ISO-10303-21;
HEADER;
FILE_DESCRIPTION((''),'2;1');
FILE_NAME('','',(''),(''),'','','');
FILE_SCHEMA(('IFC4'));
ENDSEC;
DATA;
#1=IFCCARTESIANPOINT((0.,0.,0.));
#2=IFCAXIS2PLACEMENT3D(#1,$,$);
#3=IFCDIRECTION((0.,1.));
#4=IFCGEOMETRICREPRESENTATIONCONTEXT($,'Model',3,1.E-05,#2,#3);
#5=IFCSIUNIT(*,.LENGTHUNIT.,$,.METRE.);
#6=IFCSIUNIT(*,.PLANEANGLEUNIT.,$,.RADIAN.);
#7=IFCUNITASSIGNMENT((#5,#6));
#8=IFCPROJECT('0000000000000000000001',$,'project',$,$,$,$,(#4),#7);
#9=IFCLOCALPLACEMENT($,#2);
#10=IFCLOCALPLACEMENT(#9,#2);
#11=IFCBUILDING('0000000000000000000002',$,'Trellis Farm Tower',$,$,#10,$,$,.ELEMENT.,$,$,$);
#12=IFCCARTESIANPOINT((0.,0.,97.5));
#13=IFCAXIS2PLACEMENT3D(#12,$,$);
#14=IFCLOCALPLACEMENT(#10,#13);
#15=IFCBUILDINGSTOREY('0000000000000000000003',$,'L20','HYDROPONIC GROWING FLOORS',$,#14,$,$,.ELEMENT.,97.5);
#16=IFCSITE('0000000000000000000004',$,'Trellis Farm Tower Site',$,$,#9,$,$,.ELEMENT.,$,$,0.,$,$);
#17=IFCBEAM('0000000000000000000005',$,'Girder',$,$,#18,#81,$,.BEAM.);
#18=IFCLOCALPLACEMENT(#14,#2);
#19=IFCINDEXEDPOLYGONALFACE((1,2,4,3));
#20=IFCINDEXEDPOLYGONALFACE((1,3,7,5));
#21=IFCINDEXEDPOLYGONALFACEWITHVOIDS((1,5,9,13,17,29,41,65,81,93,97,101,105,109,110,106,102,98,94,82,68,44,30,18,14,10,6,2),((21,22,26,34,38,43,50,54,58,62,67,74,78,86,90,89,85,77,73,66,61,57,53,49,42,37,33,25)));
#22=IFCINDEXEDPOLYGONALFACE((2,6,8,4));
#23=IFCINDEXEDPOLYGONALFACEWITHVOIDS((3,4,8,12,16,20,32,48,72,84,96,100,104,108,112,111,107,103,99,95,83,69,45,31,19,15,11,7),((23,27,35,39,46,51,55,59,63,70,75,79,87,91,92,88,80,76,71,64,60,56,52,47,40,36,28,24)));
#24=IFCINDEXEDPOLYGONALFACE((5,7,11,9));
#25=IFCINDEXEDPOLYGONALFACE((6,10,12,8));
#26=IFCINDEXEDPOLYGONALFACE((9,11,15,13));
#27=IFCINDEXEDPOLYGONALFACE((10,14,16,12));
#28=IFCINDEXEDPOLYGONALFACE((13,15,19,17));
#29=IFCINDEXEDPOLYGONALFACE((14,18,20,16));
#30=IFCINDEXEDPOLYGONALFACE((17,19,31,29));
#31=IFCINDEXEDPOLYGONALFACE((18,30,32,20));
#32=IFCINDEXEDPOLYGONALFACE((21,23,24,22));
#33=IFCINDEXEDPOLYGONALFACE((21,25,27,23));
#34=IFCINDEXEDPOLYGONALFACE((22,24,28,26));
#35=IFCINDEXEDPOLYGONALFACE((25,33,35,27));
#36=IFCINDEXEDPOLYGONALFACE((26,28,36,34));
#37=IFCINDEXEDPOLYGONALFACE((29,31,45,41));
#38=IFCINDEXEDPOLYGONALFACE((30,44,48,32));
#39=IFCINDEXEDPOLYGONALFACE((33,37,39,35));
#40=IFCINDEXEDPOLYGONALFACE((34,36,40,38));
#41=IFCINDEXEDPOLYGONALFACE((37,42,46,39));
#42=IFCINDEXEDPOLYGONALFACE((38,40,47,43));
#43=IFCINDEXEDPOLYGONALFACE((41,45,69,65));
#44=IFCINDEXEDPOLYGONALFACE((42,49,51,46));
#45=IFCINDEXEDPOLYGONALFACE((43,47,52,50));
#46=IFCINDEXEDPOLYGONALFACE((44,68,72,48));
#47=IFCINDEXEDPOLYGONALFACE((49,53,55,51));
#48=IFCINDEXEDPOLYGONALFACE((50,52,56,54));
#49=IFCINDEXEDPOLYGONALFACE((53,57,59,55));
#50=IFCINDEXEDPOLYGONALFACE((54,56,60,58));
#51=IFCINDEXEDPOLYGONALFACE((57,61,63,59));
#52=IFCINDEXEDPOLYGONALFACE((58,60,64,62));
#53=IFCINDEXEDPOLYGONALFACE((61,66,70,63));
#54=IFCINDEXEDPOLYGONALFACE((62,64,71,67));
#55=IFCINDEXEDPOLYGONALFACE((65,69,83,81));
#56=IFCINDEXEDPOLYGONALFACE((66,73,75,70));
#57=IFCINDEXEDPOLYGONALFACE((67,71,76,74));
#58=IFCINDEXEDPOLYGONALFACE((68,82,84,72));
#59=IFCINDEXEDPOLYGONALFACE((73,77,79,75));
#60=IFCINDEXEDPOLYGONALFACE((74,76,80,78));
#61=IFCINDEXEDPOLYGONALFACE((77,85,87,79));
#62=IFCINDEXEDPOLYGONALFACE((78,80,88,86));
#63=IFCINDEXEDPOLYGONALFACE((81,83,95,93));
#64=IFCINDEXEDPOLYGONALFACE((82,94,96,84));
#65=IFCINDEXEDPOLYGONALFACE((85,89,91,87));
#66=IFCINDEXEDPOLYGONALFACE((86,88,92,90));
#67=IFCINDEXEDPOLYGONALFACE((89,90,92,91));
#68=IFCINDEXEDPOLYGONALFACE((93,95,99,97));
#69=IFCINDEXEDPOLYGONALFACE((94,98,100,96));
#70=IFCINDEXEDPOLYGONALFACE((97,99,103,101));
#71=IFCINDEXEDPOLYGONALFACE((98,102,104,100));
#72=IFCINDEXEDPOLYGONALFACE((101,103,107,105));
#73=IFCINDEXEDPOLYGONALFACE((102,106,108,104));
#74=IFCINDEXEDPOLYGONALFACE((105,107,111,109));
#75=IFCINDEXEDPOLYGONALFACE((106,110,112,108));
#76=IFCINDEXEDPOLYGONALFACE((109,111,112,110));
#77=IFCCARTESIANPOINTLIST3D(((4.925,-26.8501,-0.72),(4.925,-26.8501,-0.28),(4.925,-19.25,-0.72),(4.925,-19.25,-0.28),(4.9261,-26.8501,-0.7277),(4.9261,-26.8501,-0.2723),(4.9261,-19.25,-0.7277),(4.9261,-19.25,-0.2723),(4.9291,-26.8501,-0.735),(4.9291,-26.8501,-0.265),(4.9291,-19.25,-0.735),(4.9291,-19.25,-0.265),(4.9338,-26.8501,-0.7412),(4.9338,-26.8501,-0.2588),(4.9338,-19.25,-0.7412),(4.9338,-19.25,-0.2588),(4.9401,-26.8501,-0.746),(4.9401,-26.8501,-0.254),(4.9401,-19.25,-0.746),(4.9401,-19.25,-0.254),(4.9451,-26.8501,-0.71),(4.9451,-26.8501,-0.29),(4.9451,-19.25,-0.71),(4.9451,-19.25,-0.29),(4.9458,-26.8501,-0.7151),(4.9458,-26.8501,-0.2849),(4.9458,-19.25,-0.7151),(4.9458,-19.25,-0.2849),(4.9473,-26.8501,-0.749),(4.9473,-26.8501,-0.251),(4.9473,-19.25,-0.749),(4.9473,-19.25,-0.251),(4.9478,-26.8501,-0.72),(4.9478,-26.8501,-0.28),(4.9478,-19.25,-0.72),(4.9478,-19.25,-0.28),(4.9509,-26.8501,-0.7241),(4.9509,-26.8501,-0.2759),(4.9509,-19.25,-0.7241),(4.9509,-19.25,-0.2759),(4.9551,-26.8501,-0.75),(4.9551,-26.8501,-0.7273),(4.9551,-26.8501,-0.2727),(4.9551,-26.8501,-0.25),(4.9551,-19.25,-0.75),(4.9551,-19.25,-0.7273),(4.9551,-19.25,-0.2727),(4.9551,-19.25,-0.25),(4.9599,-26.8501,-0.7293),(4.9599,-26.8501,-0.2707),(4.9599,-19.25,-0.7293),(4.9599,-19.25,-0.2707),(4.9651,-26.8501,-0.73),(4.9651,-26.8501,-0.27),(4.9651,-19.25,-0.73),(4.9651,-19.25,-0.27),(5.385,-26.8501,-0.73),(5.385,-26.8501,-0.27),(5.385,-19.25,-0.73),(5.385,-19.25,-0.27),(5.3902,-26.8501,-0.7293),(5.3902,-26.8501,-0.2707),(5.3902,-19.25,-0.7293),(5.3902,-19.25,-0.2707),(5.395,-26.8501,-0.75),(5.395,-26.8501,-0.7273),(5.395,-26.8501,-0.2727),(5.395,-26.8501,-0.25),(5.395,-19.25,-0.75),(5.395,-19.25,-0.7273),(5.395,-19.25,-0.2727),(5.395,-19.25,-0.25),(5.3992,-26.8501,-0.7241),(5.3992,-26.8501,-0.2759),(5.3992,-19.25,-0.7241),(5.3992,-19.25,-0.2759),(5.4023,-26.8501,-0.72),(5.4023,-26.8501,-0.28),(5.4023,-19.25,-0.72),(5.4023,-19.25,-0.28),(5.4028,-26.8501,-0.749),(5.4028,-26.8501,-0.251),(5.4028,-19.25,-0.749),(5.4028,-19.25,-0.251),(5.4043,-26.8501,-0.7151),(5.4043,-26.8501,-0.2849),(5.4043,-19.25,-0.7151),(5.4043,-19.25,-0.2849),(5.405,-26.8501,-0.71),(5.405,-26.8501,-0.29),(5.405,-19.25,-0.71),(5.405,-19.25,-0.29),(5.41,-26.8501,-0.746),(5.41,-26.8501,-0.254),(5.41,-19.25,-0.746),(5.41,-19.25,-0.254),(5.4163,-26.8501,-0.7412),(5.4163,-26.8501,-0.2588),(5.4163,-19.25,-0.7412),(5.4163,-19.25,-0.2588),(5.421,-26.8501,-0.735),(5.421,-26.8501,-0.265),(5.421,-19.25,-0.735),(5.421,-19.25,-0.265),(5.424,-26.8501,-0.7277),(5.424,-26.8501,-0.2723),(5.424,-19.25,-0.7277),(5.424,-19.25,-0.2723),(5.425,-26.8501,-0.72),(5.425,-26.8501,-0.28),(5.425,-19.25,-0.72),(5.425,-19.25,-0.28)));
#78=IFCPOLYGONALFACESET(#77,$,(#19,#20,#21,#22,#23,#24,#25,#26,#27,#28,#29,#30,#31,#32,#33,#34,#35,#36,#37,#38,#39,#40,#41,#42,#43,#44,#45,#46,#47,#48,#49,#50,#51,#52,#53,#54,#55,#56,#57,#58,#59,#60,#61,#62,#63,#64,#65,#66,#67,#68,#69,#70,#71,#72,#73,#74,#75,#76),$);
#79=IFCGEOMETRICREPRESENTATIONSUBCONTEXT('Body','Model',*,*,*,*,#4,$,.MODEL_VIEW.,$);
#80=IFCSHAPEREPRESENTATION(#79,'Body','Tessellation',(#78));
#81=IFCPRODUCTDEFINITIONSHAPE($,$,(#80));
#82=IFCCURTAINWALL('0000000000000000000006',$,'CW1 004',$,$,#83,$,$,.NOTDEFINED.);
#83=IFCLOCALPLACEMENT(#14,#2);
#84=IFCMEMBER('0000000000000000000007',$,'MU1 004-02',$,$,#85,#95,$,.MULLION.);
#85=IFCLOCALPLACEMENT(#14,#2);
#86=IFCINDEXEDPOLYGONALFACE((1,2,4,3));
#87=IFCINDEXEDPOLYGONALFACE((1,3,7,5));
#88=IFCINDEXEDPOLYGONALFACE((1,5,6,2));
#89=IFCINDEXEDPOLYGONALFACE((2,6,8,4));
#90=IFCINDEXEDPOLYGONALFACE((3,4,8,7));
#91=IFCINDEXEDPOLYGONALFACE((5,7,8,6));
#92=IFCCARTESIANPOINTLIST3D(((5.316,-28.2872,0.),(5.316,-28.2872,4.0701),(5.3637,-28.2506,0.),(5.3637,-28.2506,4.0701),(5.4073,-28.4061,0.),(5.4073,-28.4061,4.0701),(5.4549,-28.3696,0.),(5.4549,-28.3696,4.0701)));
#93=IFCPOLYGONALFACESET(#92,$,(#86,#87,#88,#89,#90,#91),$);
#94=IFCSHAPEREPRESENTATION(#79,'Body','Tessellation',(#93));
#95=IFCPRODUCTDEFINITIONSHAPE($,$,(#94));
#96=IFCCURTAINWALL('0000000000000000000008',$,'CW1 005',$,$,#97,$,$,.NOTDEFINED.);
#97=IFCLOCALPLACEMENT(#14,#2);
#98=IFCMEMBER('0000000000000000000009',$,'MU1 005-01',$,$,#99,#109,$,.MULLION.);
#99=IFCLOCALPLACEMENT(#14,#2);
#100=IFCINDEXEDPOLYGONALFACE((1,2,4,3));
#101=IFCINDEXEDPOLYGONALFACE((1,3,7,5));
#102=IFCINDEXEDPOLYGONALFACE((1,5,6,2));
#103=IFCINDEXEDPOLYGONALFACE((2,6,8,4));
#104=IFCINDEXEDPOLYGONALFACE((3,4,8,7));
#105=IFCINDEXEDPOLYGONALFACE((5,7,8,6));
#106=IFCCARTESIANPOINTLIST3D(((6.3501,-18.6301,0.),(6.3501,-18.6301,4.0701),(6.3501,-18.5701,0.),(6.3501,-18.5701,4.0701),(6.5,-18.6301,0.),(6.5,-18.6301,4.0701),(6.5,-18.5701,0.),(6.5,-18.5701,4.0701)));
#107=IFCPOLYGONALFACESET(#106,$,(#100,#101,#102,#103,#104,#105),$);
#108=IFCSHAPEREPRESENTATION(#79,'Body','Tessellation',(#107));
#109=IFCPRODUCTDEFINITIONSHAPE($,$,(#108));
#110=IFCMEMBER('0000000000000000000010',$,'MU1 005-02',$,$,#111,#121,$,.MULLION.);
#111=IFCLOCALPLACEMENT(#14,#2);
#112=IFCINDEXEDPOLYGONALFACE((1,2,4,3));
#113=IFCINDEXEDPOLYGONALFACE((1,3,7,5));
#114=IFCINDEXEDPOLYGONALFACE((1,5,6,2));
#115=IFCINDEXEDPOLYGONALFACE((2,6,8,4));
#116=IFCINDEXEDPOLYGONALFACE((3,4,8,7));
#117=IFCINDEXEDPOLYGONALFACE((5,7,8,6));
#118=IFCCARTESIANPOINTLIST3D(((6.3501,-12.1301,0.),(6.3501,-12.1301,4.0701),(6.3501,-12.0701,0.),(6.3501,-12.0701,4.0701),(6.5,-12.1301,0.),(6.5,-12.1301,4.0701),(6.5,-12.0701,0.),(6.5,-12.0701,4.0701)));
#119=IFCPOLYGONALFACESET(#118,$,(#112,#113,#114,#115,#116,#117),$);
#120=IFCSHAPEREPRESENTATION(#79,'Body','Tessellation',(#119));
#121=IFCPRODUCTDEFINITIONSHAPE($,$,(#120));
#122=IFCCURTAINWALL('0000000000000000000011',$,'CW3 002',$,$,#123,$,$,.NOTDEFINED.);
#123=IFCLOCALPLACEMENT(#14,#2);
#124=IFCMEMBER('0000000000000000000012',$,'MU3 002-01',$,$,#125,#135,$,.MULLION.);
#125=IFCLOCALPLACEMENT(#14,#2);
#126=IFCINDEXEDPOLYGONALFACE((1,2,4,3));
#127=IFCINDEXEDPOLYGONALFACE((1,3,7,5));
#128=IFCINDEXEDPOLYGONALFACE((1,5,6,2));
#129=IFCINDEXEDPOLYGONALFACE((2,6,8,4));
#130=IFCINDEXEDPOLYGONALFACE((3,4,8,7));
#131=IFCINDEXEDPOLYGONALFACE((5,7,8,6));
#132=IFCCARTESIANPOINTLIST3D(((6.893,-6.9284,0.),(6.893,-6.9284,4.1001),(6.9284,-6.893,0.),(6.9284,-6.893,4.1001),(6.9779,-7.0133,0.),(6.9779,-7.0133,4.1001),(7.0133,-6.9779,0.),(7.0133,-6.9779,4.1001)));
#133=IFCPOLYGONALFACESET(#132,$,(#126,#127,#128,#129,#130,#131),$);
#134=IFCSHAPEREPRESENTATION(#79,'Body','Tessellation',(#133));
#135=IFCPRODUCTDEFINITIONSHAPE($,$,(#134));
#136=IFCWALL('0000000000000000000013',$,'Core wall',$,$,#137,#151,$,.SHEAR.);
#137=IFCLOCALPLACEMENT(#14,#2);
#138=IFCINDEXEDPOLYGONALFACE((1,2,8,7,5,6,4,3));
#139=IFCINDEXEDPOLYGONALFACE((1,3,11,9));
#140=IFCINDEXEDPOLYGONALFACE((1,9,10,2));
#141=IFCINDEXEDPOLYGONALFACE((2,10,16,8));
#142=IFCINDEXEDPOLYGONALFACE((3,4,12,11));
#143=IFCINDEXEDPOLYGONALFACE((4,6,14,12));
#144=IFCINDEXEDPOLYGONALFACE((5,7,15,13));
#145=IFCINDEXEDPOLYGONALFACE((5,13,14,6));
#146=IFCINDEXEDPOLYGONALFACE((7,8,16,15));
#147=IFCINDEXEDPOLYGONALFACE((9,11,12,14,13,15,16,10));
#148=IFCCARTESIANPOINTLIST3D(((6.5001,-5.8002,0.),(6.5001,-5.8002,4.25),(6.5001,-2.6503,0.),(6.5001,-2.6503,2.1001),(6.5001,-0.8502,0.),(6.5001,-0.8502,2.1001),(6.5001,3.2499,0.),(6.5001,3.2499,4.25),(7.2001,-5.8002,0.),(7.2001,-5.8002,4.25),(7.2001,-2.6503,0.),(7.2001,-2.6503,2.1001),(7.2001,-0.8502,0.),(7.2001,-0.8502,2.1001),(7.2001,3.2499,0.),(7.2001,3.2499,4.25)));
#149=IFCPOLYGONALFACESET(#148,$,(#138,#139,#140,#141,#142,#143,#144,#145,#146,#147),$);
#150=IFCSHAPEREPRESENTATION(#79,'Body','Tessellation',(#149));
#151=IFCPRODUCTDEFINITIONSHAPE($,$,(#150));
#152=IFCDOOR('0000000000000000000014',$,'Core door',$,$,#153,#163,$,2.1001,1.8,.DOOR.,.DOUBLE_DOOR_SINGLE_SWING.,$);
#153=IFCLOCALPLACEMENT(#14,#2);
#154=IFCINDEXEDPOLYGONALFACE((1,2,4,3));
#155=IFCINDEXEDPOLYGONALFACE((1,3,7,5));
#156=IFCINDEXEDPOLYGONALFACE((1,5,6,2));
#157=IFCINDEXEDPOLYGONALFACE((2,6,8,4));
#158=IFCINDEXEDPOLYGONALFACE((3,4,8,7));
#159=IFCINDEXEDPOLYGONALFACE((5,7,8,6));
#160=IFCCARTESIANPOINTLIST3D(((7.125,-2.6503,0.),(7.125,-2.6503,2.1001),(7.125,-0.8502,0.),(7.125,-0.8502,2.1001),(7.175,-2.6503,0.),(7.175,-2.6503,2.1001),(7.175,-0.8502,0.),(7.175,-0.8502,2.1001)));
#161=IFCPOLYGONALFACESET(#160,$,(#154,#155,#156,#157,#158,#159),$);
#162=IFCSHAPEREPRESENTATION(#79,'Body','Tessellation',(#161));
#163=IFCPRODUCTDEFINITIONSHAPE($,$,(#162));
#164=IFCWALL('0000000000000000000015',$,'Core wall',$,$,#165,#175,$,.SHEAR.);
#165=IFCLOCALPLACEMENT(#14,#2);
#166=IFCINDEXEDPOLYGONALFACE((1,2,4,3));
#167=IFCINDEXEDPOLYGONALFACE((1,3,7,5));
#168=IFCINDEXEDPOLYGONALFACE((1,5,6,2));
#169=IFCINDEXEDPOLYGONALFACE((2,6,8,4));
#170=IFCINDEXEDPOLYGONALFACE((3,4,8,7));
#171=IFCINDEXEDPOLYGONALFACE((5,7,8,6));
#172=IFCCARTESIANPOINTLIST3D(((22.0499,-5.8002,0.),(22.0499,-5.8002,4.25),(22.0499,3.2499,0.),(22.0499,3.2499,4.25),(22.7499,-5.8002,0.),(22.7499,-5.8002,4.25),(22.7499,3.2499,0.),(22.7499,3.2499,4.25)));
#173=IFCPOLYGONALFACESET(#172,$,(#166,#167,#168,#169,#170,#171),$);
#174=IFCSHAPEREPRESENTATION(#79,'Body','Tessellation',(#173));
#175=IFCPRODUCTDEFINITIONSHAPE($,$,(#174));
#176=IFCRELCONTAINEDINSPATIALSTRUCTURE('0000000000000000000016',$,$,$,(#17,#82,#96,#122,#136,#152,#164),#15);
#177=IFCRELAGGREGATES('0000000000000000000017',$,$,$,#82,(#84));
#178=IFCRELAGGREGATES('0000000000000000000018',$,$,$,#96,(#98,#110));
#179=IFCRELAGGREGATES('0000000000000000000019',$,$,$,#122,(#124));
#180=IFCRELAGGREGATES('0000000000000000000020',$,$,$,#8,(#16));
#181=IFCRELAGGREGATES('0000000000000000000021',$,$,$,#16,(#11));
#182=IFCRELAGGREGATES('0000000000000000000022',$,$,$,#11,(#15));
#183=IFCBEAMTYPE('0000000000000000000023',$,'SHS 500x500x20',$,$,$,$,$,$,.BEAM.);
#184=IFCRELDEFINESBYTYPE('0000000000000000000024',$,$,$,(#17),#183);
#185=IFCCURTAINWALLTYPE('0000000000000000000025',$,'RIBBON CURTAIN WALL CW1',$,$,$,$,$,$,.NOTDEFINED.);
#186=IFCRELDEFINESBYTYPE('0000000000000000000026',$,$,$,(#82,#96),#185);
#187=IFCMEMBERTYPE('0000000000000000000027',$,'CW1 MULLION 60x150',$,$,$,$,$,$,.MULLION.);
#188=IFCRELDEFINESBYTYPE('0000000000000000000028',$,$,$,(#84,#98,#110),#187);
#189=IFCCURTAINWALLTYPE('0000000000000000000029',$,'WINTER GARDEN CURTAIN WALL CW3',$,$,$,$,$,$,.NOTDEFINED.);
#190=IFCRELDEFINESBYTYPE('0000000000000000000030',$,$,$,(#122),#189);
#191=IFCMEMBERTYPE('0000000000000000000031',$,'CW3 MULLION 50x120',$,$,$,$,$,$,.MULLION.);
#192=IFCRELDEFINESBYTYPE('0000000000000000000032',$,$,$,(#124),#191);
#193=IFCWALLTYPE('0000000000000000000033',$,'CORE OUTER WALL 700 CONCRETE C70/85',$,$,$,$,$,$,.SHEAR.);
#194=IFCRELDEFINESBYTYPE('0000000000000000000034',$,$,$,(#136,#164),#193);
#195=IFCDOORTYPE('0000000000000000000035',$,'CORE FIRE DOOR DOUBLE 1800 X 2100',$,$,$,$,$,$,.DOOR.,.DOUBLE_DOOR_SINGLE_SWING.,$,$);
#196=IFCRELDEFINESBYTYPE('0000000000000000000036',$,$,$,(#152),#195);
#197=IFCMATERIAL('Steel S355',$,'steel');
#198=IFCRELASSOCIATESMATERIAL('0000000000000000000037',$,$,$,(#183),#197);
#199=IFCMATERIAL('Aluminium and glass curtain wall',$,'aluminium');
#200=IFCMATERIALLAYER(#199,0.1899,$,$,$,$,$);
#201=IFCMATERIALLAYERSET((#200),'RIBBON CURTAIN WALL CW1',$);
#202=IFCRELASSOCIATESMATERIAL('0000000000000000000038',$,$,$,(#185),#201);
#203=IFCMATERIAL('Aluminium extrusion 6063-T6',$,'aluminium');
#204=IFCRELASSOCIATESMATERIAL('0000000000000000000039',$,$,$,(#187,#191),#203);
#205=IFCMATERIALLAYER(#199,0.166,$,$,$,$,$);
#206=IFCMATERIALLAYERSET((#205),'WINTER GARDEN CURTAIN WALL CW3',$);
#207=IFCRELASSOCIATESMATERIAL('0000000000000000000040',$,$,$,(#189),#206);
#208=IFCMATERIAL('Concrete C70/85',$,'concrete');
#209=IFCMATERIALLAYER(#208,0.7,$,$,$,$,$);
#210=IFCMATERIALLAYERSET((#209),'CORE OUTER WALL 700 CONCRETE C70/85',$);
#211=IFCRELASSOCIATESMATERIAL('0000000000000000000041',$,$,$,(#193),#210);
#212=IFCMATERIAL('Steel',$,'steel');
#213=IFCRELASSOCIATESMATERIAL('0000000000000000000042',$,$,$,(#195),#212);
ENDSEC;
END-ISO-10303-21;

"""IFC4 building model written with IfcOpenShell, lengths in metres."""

from ifc_helpers import new_model, si_unit, direction, frame, frame_2d, origin, origin_2d, place, context, subcontext, project, spatial, rectangle, hollow_rectangle, extrude, source, transform, mapped, material, layer, layer_set, material_profile, profile_set, type_object, element, fill, aggregate, save


model = new_model("IFC4")

# Units and contexts
model_context = context("Model", 3, precision=1e-05, world=origin(), true_north=direction((0.0, 1.0)))
body_context = subcontext(model_context, "Body", "Model", "MODEL_VIEW")
ifc_project = project(units=[si_unit("LENGTHUNIT", "METRE"), si_unit("PLANEANGLEUNIT", "RADIAN")], contexts=[model_context])

# Site, building, storey
site_placement = place(None, origin())
site = spatial("IfcSite", under=ifc_project, at=site_placement, Name="Trellis Farm Tower Site", CompositionType="ELEMENT", RefElevation=0.0)
building_placement = place(site_placement, origin())
building = spatial("IfcBuilding", under=site, at=building_placement, Name="Trellis Farm Tower", CompositionType="ELEMENT")
storey_placement = place(building_placement, frame((0.0, 0.0, 97.5)))
storey = spatial("IfcBuildingStorey", under=building, at=storey_placement, Name="L20", Description="HYDROPONIC GROWING FLOORS", CompositionType="ELEMENT", Elevation=97.5)

# Beam
ifc_material_1 = material(Name="Steel S355", Category="steel")
ifc_material_profile_1 = material_profile(ifc_material_1, hollow_rectangle(XDim=0.5, YDim=0.5, WallThickness=0.02, InnerFilletRadius=0.02, OuterFilletRadius=0.03, at=origin_2d()), Name="SHS 500x500x20")
ifc_profile_set_1 = profile_set([ifc_material_profile_1], Name="Steel S355")
beam_type = type_object("IfcBeamType", Name="SHS 500x500x20", PredefinedType="BEAM", material=ifc_profile_set_1)
shared_shape_1 = source(origin(), body_context, "Body", "SweptSolid", [
    extrude(hollow_rectangle(XDim=0.5, YDim=0.5, WallThickness=0.02, InnerFilletRadius=0.02, OuterFilletRadius=0.03, at=origin_2d()), origin(), (0.0, 0.0, 1.0), 7.6001),
])
beam_placement = place(storey_placement, frame((5.175, -26.8501, -0.5), z_axis=(0.0, 1.0, 0.0), x_axis=(-1.0, 0.0, 0.0)))
element("IfcBeam", 1, at=beam_placement, inside=storey, type_object=beam_type, Name="Girder", PredefinedType="BEAM", context=body_context, shape_type="MappedRepresentation", body=[
    mapped(shared_shape_1, transform((0.0, 0.0, 0.0))),
])

# Curtain wall, member
ifc_material_2 = material(Name="Aluminium and glass curtain wall", Category="aluminium")
ifc_layer_1 = layer(ifc_material_2, 0.1899)
ifc_layer_set_1 = layer_set([ifc_layer_1], Name="RIBBON CURTAIN WALL CW1")
curtain_wall_type_1 = type_object("IfcCurtainWallType", Name="RIBBON CURTAIN WALL CW1", PredefinedType="NOTDEFINED", material=ifc_layer_set_1)
placement = place(storey_placement, origin())
curtain_wall_1 = element("IfcCurtainWall", 2, at=placement, inside=storey, type_object=curtain_wall_type_1, Name="CW1 004", PredefinedType="NOTDEFINED")
ifc_material_3 = material(Name="Aluminium extrusion 6063-T6", Category="aluminium")
ifc_material_profile_2 = material_profile(ifc_material_3, rectangle(XDim=0.0601, YDim=0.1499, at=origin_2d()), Name="MULLION 60x150")
ifc_profile_set_2 = profile_set([ifc_material_profile_2], Name="Aluminium extrusion 6063-T6")
member_type_1 = type_object("IfcMemberType", Name="CW1 MULLION 60x150", PredefinedType="MULLION", material=ifc_profile_set_2)
shared_shape_2 = source(origin(), body_context, "Body", "SweptSolid", [
    extrude(rectangle(XDim=0.0601, YDim=0.1499, at=origin_2d()), origin(), (0.0, 0.0, 1.0), 4.0701),
])
member_1_placement = place(storey_placement, frame((5.3855, -28.3284, 0.0), z_axis=(0.0, 0.0, 1.0), x_axis=(0.793353, 0.608761, 0.0)))
member_1 = element("IfcMember", 3, at=member_1_placement, type_object=member_type_1, Name="MU1 004-02", PredefinedType="MULLION", context=body_context, shape_type="MappedRepresentation", body=[
    mapped(shared_shape_2, transform((0.0, 0.0, 0.0))),
])
aggregate(curtain_wall_1, [member_1])

# Curtain wall, members
curtain_wall_2 = element("IfcCurtainWall", 4, at=placement, inside=storey, type_object=curtain_wall_type_1, Name="CW1 005", PredefinedType="NOTDEFINED")
member_2_placement = place(storey_placement, frame((6.425, -18.6001, 0.0), z_axis=(0.0, 0.0, 1.0), x_axis=(0.0, 1.0, 0.0)))
member_2 = element("IfcMember", 5, at=member_2_placement, type_object=member_type_1, Name="MU1 005-01", PredefinedType="MULLION", context=body_context, shape_type="MappedRepresentation", body=[
    mapped(shared_shape_2, transform((0.0, 0.0, 0.0))),
])
member_3_placement = place(storey_placement, frame((6.425, -12.1001, 0.0), z_axis=(0.0, 0.0, 1.0), x_axis=(0.0, 1.0, 0.0)))
member_3 = element("IfcMember", 6, at=member_3_placement, type_object=member_type_1, Name="MU1 005-02", PredefinedType="MULLION", context=body_context, shape_type="MappedRepresentation", body=[
    mapped(shared_shape_2, transform((0.0, 0.0, 0.0))),
])
aggregate(curtain_wall_2, [member_2, member_3])

# Curtain wall, member
ifc_layer_2 = layer(ifc_material_2, 0.166)
ifc_layer_set_2 = layer_set([ifc_layer_2], Name="WINTER GARDEN CURTAIN WALL CW3")
curtain_wall_type_2 = type_object("IfcCurtainWallType", Name="WINTER GARDEN CURTAIN WALL CW3", PredefinedType="NOTDEFINED", material=ifc_layer_set_2)
curtain_wall_3 = element("IfcCurtainWall", 7, at=placement, inside=storey, type_object=curtain_wall_type_2, Name="CW3 002", PredefinedType="NOTDEFINED")
ifc_material_profile_3 = material_profile(ifc_material_3, rectangle(XDim=0.05, YDim=0.1201, at=origin_2d()), Name="MULLION 50x120")
ifc_profile_set_3 = profile_set([ifc_material_profile_3], Name="Aluminium extrusion 6063-T6")
member_type_2 = type_object("IfcMemberType", Name="CW3 MULLION 50x120", PredefinedType="MULLION", material=ifc_profile_set_3)
shared_shape_3 = source(origin(), body_context, "Body", "SweptSolid", [
    extrude(rectangle(XDim=0.05, YDim=0.1201, at=origin_2d()), origin(), (0.0, 0.0, 1.0), 4.1001),
])
member_4_placement = place(storey_placement, frame((6.9531, -6.9531, 0.0), z_axis=(0.0, 0.0, 1.0), x_axis=(0.707107, 0.707107, 0.0)))
member_4 = element("IfcMember", 8, at=member_4_placement, type_object=member_type_2, Name="MU3 002-01", PredefinedType="MULLION", context=body_context, shape_type="MappedRepresentation", body=[
    mapped(shared_shape_3, transform((0.0, 0.0, 0.0))),
])
aggregate(curtain_wall_3, [member_4])

# Wall, opening, door
ifc_material_4 = material(Name="Concrete C70/85", Category="concrete")
ifc_layer_3 = layer(ifc_material_4, 0.7)
ifc_layer_set_3 = layer_set([ifc_layer_3], Name="CORE OUTER WALL 700 CONCRETE C70/85")
wall_type_1 = type_object("IfcWallType", Name="CORE OUTER WALL 700 CONCRETE C70/85", PredefinedType="SHEAR", material=ifc_layer_set_3)
shared_shape_4 = source(origin(), body_context, "Body", "SweptSolid", [
    extrude(rectangle(XDim=9.05, YDim=0.7, at=frame_2d((4.5249, 0.0))), origin(), (0.0, 0.0, 1.0), 4.25),
])
wall_1_placement = place(storey_placement, frame((6.8501, -5.8, 0.0), z_axis=(0.0, 0.0, 1.0), x_axis=(0.0, 1.0, 0.0)))
wall_1 = element("IfcWall", 9, at=wall_1_placement, inside=storey, type_object=wall_type_1, Name="Core wall", PredefinedType="SHEAR", context=body_context, shape_type="MappedRepresentation", body=[
    mapped(shared_shape_4, transform((0.0, 0.0, 0.0))),
])
shared_shape_5 = source(origin(), body_context, "Body", "SweptSolid", [
    extrude(rectangle(XDim=1.8, YDim=2.1001, at=frame_2d((0.8999, 1.05))), frame((0.0, 0.3601, 0.0), z_axis=(0.0, -1.0, 0.0), x_axis=(1.0, 0.0, 0.0)), (0.0, 0.0, 1.0), 0.7202),
])
opening_1_placement = place(wall_1_placement, frame((3.1499, 0.0, 0.0)))
opening_1 = element("IfcOpeningElement", 10, at=opening_1_placement, cuts=wall_1, PredefinedType="OPENING", context=body_context, shape_type="MappedRepresentation", body=[
    mapped(shared_shape_5, transform((0.0, 0.0, 0.0))),
])
ifc_material_5 = material(Name="Steel", Category="steel")
door_type_1 = type_object("IfcDoorType", Name="CORE FIRE DOOR DOUBLE 1800 X 2100", OperationType="DOUBLE_DOOR_SINGLE_SWING", PredefinedType="DOOR", material=ifc_material_5)
shared_shape_6 = source(origin(), body_context, "Body", "SweptSolid", [
    extrude(rectangle(XDim=1.8, YDim=2.1001, at=frame_2d((0.8999, 1.05))), frame((0.0, -0.2749, 0.0), z_axis=(0.0, -1.0, 0.0), x_axis=(1.0, 0.0, 0.0)), (0.0, 0.0, 1.0), 0.05),
])
door_1_placement = place(opening_1_placement, origin())
door_1 = element("IfcDoor", 11, at=door_1_placement, inside=storey, type_object=door_type_1, Name="Core door", OperationType="DOUBLE_DOOR_SINGLE_SWING", OverallHeight=2.1001, OverallWidth=1.8, PredefinedType="DOOR", context=body_context, shape_type="MappedRepresentation", body=[
    mapped(shared_shape_6, transform((0.0, 0.0, 0.0))),
])
fill(opening_1, door_1)

# Wall
wall_2_placement = place(storey_placement, frame((22.3999, -5.8, 0.0), z_axis=(0.0, 0.0, 1.0), x_axis=(0.0, 1.0, 0.0)))
element("IfcWall", 12, at=wall_2_placement, inside=storey, type_object=wall_type_1, Name="Core wall", PredefinedType="SHEAR", context=body_context, shape_type="MappedRepresentation", body=[
    mapped(shared_shape_4, transform((0.0, 0.0, 0.0))),
])

save(model, "model.ifc")
